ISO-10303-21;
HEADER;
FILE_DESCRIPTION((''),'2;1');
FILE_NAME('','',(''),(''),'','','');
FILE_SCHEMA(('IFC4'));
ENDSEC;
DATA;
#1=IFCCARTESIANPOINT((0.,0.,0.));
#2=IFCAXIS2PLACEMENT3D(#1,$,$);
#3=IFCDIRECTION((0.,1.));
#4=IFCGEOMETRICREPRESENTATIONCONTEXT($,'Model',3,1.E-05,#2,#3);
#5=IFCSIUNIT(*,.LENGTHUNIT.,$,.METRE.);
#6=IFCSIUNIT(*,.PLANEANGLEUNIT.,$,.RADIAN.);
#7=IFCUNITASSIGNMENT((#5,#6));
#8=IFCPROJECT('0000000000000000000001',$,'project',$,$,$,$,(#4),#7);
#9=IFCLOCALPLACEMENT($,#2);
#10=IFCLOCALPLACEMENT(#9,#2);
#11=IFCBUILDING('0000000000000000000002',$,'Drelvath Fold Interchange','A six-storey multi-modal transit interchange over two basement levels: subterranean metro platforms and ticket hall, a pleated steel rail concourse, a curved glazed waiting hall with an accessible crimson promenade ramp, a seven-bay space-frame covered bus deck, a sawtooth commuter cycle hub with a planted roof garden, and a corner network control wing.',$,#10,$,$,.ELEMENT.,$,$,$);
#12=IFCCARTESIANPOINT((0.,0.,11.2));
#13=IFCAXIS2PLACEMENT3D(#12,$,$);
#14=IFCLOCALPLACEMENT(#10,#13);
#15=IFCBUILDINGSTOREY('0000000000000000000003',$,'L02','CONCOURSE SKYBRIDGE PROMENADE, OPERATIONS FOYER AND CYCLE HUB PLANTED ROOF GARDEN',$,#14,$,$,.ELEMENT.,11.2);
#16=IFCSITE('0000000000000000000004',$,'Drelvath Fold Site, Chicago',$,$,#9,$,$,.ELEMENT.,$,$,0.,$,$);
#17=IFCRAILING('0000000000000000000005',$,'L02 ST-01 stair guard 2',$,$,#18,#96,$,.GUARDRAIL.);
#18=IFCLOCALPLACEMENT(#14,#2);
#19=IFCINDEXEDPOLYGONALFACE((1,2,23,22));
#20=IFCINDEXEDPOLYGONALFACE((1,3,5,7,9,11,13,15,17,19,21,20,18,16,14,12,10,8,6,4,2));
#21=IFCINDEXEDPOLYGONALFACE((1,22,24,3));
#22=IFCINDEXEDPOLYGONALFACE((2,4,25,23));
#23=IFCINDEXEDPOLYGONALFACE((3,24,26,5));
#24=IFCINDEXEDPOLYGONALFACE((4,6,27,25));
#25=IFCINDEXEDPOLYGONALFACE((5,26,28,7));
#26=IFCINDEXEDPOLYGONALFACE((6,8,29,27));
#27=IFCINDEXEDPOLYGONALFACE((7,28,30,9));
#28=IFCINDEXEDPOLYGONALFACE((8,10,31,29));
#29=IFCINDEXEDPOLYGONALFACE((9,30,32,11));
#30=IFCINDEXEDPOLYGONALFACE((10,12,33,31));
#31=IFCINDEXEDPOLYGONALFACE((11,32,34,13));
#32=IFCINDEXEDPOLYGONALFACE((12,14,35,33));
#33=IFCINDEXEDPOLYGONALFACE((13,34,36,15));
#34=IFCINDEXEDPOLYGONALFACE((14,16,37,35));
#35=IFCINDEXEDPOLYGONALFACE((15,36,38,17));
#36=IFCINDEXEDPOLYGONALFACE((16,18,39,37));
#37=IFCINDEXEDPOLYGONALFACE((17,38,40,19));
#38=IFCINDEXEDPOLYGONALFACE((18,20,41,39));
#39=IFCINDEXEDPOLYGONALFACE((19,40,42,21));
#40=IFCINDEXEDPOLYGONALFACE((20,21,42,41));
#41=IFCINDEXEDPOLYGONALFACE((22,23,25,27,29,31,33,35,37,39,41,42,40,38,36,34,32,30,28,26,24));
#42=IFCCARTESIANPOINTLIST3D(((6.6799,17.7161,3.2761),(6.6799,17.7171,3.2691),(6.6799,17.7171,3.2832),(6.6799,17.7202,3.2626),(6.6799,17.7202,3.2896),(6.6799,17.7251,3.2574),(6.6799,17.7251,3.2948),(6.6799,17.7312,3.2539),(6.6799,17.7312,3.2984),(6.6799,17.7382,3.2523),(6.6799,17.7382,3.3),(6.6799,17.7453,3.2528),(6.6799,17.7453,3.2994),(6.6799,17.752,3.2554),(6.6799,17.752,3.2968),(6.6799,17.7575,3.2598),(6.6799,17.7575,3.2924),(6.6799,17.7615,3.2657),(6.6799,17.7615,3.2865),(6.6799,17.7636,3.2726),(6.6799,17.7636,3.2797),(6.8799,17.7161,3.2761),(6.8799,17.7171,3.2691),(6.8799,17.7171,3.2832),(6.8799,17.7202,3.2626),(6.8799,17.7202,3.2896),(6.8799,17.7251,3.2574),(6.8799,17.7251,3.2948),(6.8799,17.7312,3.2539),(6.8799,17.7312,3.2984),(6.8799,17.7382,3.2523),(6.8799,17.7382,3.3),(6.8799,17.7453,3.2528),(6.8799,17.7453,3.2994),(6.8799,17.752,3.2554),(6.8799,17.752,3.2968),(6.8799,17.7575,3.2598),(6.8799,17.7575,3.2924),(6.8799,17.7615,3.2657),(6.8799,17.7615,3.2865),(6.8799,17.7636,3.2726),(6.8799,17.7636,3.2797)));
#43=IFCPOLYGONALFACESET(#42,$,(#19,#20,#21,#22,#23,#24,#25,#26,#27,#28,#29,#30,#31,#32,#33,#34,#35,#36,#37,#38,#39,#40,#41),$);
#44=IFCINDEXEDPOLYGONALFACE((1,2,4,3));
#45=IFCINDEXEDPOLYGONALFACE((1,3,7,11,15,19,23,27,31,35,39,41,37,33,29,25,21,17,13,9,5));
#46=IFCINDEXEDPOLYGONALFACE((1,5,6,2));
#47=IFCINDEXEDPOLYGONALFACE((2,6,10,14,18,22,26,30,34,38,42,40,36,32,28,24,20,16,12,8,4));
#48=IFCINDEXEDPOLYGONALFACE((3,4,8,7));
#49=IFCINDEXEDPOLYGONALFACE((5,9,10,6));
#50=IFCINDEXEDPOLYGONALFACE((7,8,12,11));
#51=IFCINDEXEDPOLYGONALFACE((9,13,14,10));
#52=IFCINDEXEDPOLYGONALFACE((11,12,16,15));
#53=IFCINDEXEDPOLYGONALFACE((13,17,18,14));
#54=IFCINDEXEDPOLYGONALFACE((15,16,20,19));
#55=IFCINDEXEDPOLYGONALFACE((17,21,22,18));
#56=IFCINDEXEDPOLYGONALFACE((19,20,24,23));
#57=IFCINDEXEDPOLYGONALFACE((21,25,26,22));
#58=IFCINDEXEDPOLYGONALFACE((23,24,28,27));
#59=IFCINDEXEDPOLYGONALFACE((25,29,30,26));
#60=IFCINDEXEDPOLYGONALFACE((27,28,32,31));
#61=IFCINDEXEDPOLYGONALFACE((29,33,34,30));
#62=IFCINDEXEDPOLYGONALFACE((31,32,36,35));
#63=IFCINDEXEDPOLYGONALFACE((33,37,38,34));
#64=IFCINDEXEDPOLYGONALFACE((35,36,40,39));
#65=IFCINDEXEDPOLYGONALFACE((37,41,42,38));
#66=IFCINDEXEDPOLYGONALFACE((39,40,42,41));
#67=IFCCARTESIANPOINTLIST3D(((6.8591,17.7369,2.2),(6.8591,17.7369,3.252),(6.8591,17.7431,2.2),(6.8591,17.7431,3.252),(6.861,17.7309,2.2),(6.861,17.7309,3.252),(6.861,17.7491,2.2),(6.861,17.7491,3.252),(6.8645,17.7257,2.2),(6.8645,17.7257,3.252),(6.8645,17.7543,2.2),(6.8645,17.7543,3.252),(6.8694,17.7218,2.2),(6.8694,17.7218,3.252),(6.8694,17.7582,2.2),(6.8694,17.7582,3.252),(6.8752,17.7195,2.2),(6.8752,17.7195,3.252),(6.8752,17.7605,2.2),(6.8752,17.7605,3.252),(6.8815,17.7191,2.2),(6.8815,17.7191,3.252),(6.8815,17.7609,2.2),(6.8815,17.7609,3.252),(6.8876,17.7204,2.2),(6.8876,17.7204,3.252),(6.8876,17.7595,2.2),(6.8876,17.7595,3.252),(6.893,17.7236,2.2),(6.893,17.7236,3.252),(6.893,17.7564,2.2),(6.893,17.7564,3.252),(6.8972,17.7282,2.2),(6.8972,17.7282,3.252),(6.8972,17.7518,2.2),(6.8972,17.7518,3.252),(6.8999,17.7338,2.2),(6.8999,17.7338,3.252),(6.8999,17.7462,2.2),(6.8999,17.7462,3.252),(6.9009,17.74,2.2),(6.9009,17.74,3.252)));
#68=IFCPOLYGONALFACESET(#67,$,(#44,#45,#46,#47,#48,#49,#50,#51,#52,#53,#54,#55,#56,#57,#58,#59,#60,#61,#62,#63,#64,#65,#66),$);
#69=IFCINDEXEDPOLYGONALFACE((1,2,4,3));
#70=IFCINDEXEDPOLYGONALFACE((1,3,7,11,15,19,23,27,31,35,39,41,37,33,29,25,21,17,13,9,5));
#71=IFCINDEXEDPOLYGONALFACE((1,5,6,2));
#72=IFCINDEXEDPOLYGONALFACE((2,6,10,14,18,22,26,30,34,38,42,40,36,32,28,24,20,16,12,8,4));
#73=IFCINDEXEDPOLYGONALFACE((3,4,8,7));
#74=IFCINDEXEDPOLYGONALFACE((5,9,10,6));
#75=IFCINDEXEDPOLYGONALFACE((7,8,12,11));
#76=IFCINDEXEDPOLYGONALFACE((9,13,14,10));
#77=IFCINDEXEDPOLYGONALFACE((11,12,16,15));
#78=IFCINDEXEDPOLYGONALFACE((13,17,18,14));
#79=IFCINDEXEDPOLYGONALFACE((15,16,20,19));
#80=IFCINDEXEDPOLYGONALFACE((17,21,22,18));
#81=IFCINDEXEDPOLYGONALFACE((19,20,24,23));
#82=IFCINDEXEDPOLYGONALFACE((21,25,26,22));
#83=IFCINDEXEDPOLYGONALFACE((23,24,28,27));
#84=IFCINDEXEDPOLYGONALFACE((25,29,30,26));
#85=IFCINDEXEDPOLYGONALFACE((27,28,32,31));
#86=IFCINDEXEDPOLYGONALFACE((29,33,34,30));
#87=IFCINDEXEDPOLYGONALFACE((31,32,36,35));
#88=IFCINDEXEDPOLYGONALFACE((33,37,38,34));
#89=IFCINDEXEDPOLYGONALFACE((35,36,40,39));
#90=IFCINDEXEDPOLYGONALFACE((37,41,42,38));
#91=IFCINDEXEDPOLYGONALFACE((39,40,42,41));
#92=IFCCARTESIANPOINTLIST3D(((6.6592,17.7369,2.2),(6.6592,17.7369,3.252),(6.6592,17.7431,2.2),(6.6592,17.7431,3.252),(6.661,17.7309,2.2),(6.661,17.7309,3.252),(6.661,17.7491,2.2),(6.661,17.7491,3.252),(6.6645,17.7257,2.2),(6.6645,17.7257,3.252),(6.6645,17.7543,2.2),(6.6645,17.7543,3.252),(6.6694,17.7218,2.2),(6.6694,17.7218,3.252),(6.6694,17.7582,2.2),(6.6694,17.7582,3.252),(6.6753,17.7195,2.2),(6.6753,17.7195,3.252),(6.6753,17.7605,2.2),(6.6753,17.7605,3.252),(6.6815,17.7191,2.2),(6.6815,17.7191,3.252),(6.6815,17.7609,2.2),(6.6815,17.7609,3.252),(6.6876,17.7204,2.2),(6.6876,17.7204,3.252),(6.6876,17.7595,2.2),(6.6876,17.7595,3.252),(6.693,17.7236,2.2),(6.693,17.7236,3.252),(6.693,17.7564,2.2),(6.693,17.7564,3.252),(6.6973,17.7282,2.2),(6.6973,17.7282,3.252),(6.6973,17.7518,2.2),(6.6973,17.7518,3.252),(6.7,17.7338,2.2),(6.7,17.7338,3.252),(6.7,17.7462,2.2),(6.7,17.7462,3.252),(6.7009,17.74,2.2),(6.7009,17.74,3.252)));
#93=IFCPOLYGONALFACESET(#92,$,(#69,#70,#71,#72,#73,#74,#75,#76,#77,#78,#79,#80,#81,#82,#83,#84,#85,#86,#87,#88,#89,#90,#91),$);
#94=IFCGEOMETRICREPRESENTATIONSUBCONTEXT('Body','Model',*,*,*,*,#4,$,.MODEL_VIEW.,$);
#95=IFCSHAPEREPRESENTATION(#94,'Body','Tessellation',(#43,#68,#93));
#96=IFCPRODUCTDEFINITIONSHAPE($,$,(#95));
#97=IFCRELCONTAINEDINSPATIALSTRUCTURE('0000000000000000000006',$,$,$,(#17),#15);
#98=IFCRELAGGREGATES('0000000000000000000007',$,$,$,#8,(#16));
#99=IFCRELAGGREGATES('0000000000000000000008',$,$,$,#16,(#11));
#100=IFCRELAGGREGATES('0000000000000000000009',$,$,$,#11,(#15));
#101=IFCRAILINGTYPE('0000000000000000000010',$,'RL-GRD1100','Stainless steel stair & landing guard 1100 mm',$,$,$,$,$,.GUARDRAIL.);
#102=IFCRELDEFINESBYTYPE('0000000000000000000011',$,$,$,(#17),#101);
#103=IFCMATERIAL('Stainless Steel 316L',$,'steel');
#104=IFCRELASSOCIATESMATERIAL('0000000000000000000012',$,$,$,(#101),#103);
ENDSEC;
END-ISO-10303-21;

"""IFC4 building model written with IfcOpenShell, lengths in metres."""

from ifc_helpers import new_model, si_unit, direction, frame, origin, origin_2d, place, context, subcontext, project, spatial, circle, extrude, material, type_object, element, save


model = new_model("IFC4")

# Units and contexts
model_context = context("Model", 3, precision=1e-05, world=origin(), true_north=direction((0.0, 1.0)))
body_context = subcontext(model_context, "Body", "Model", "MODEL_VIEW")
ifc_project = project(units=[si_unit("LENGTHUNIT", "METRE"), si_unit("PLANEANGLEUNIT", "RADIAN")], contexts=[model_context])

# Site, building, storey
site_placement = place(None, origin())
site = spatial("IfcSite", under=ifc_project, at=site_placement, Name="Drelvath Fold Site, Chicago", CompositionType="ELEMENT", RefElevation=0.0)
building_placement = place(site_placement, origin())
building = spatial("IfcBuilding", under=site, at=building_placement, Name="Drelvath Fold Interchange", Description="A six-storey multi-modal transit interchange over two basement levels: subterranean metro platforms and ticket hall, a pleated steel rail concourse, a curved glazed waiting hall with an accessible crimson promenade ramp, a seven-bay space-frame covered bus deck, a sawtooth commuter cycle hub with a planted roof garden, and a corner network control wing.", CompositionType="ELEMENT")
storey_placement = place(building_placement, frame((0.0, 0.0, 11.2)))
storey = spatial("IfcBuildingStorey", under=building, at=storey_placement, Name="L02", Description="CONCOURSE SKYBRIDGE PROMENADE, OPERATIONS FOYER AND CYCLE HUB PLANTED ROOF GARDEN", CompositionType="ELEMENT", Elevation=11.2)

# Railing
ifc_material_1 = material(Name="Stainless Steel 316L", Category="steel")
railing_type_1 = type_object("IfcRailingType", Name="RL-GRD1100", Description="Stainless steel stair & landing guard 1100 mm", PredefinedType="GUARDRAIL", material=ifc_material_1)
railing_1_placement = place(storey_placement, frame((6.8799, 17.74, 2.2)))
element("IfcRailing", 1, at=railing_1_placement, inside=storey, type_object=railing_type_1, Name="L02 ST-01 stair guard 2", PredefinedType="GUARDRAIL", context=body_context, shape_type="SweptSolid", body=[
    extrude(circle(Radius=0.0239, at=origin_2d()), frame((0.0, 0.0, 1.0762), z_axis=(-1.0, 0.0, 0.0), x_axis=(0.0, -1.0, 0.0)), (0.0, 0.0, 1.0), 0.2),
    extrude(circle(Radius=0.021, at=origin_2d()), origin(), (0.0, 0.0, 1.0), 1.052),
    extrude(circle(Radius=0.021, at=origin_2d()), frame((-0.2, 0.0, 0.0)), (0.0, 0.0, 1.0), 1.052),
])

save(model, "model.ifc")
